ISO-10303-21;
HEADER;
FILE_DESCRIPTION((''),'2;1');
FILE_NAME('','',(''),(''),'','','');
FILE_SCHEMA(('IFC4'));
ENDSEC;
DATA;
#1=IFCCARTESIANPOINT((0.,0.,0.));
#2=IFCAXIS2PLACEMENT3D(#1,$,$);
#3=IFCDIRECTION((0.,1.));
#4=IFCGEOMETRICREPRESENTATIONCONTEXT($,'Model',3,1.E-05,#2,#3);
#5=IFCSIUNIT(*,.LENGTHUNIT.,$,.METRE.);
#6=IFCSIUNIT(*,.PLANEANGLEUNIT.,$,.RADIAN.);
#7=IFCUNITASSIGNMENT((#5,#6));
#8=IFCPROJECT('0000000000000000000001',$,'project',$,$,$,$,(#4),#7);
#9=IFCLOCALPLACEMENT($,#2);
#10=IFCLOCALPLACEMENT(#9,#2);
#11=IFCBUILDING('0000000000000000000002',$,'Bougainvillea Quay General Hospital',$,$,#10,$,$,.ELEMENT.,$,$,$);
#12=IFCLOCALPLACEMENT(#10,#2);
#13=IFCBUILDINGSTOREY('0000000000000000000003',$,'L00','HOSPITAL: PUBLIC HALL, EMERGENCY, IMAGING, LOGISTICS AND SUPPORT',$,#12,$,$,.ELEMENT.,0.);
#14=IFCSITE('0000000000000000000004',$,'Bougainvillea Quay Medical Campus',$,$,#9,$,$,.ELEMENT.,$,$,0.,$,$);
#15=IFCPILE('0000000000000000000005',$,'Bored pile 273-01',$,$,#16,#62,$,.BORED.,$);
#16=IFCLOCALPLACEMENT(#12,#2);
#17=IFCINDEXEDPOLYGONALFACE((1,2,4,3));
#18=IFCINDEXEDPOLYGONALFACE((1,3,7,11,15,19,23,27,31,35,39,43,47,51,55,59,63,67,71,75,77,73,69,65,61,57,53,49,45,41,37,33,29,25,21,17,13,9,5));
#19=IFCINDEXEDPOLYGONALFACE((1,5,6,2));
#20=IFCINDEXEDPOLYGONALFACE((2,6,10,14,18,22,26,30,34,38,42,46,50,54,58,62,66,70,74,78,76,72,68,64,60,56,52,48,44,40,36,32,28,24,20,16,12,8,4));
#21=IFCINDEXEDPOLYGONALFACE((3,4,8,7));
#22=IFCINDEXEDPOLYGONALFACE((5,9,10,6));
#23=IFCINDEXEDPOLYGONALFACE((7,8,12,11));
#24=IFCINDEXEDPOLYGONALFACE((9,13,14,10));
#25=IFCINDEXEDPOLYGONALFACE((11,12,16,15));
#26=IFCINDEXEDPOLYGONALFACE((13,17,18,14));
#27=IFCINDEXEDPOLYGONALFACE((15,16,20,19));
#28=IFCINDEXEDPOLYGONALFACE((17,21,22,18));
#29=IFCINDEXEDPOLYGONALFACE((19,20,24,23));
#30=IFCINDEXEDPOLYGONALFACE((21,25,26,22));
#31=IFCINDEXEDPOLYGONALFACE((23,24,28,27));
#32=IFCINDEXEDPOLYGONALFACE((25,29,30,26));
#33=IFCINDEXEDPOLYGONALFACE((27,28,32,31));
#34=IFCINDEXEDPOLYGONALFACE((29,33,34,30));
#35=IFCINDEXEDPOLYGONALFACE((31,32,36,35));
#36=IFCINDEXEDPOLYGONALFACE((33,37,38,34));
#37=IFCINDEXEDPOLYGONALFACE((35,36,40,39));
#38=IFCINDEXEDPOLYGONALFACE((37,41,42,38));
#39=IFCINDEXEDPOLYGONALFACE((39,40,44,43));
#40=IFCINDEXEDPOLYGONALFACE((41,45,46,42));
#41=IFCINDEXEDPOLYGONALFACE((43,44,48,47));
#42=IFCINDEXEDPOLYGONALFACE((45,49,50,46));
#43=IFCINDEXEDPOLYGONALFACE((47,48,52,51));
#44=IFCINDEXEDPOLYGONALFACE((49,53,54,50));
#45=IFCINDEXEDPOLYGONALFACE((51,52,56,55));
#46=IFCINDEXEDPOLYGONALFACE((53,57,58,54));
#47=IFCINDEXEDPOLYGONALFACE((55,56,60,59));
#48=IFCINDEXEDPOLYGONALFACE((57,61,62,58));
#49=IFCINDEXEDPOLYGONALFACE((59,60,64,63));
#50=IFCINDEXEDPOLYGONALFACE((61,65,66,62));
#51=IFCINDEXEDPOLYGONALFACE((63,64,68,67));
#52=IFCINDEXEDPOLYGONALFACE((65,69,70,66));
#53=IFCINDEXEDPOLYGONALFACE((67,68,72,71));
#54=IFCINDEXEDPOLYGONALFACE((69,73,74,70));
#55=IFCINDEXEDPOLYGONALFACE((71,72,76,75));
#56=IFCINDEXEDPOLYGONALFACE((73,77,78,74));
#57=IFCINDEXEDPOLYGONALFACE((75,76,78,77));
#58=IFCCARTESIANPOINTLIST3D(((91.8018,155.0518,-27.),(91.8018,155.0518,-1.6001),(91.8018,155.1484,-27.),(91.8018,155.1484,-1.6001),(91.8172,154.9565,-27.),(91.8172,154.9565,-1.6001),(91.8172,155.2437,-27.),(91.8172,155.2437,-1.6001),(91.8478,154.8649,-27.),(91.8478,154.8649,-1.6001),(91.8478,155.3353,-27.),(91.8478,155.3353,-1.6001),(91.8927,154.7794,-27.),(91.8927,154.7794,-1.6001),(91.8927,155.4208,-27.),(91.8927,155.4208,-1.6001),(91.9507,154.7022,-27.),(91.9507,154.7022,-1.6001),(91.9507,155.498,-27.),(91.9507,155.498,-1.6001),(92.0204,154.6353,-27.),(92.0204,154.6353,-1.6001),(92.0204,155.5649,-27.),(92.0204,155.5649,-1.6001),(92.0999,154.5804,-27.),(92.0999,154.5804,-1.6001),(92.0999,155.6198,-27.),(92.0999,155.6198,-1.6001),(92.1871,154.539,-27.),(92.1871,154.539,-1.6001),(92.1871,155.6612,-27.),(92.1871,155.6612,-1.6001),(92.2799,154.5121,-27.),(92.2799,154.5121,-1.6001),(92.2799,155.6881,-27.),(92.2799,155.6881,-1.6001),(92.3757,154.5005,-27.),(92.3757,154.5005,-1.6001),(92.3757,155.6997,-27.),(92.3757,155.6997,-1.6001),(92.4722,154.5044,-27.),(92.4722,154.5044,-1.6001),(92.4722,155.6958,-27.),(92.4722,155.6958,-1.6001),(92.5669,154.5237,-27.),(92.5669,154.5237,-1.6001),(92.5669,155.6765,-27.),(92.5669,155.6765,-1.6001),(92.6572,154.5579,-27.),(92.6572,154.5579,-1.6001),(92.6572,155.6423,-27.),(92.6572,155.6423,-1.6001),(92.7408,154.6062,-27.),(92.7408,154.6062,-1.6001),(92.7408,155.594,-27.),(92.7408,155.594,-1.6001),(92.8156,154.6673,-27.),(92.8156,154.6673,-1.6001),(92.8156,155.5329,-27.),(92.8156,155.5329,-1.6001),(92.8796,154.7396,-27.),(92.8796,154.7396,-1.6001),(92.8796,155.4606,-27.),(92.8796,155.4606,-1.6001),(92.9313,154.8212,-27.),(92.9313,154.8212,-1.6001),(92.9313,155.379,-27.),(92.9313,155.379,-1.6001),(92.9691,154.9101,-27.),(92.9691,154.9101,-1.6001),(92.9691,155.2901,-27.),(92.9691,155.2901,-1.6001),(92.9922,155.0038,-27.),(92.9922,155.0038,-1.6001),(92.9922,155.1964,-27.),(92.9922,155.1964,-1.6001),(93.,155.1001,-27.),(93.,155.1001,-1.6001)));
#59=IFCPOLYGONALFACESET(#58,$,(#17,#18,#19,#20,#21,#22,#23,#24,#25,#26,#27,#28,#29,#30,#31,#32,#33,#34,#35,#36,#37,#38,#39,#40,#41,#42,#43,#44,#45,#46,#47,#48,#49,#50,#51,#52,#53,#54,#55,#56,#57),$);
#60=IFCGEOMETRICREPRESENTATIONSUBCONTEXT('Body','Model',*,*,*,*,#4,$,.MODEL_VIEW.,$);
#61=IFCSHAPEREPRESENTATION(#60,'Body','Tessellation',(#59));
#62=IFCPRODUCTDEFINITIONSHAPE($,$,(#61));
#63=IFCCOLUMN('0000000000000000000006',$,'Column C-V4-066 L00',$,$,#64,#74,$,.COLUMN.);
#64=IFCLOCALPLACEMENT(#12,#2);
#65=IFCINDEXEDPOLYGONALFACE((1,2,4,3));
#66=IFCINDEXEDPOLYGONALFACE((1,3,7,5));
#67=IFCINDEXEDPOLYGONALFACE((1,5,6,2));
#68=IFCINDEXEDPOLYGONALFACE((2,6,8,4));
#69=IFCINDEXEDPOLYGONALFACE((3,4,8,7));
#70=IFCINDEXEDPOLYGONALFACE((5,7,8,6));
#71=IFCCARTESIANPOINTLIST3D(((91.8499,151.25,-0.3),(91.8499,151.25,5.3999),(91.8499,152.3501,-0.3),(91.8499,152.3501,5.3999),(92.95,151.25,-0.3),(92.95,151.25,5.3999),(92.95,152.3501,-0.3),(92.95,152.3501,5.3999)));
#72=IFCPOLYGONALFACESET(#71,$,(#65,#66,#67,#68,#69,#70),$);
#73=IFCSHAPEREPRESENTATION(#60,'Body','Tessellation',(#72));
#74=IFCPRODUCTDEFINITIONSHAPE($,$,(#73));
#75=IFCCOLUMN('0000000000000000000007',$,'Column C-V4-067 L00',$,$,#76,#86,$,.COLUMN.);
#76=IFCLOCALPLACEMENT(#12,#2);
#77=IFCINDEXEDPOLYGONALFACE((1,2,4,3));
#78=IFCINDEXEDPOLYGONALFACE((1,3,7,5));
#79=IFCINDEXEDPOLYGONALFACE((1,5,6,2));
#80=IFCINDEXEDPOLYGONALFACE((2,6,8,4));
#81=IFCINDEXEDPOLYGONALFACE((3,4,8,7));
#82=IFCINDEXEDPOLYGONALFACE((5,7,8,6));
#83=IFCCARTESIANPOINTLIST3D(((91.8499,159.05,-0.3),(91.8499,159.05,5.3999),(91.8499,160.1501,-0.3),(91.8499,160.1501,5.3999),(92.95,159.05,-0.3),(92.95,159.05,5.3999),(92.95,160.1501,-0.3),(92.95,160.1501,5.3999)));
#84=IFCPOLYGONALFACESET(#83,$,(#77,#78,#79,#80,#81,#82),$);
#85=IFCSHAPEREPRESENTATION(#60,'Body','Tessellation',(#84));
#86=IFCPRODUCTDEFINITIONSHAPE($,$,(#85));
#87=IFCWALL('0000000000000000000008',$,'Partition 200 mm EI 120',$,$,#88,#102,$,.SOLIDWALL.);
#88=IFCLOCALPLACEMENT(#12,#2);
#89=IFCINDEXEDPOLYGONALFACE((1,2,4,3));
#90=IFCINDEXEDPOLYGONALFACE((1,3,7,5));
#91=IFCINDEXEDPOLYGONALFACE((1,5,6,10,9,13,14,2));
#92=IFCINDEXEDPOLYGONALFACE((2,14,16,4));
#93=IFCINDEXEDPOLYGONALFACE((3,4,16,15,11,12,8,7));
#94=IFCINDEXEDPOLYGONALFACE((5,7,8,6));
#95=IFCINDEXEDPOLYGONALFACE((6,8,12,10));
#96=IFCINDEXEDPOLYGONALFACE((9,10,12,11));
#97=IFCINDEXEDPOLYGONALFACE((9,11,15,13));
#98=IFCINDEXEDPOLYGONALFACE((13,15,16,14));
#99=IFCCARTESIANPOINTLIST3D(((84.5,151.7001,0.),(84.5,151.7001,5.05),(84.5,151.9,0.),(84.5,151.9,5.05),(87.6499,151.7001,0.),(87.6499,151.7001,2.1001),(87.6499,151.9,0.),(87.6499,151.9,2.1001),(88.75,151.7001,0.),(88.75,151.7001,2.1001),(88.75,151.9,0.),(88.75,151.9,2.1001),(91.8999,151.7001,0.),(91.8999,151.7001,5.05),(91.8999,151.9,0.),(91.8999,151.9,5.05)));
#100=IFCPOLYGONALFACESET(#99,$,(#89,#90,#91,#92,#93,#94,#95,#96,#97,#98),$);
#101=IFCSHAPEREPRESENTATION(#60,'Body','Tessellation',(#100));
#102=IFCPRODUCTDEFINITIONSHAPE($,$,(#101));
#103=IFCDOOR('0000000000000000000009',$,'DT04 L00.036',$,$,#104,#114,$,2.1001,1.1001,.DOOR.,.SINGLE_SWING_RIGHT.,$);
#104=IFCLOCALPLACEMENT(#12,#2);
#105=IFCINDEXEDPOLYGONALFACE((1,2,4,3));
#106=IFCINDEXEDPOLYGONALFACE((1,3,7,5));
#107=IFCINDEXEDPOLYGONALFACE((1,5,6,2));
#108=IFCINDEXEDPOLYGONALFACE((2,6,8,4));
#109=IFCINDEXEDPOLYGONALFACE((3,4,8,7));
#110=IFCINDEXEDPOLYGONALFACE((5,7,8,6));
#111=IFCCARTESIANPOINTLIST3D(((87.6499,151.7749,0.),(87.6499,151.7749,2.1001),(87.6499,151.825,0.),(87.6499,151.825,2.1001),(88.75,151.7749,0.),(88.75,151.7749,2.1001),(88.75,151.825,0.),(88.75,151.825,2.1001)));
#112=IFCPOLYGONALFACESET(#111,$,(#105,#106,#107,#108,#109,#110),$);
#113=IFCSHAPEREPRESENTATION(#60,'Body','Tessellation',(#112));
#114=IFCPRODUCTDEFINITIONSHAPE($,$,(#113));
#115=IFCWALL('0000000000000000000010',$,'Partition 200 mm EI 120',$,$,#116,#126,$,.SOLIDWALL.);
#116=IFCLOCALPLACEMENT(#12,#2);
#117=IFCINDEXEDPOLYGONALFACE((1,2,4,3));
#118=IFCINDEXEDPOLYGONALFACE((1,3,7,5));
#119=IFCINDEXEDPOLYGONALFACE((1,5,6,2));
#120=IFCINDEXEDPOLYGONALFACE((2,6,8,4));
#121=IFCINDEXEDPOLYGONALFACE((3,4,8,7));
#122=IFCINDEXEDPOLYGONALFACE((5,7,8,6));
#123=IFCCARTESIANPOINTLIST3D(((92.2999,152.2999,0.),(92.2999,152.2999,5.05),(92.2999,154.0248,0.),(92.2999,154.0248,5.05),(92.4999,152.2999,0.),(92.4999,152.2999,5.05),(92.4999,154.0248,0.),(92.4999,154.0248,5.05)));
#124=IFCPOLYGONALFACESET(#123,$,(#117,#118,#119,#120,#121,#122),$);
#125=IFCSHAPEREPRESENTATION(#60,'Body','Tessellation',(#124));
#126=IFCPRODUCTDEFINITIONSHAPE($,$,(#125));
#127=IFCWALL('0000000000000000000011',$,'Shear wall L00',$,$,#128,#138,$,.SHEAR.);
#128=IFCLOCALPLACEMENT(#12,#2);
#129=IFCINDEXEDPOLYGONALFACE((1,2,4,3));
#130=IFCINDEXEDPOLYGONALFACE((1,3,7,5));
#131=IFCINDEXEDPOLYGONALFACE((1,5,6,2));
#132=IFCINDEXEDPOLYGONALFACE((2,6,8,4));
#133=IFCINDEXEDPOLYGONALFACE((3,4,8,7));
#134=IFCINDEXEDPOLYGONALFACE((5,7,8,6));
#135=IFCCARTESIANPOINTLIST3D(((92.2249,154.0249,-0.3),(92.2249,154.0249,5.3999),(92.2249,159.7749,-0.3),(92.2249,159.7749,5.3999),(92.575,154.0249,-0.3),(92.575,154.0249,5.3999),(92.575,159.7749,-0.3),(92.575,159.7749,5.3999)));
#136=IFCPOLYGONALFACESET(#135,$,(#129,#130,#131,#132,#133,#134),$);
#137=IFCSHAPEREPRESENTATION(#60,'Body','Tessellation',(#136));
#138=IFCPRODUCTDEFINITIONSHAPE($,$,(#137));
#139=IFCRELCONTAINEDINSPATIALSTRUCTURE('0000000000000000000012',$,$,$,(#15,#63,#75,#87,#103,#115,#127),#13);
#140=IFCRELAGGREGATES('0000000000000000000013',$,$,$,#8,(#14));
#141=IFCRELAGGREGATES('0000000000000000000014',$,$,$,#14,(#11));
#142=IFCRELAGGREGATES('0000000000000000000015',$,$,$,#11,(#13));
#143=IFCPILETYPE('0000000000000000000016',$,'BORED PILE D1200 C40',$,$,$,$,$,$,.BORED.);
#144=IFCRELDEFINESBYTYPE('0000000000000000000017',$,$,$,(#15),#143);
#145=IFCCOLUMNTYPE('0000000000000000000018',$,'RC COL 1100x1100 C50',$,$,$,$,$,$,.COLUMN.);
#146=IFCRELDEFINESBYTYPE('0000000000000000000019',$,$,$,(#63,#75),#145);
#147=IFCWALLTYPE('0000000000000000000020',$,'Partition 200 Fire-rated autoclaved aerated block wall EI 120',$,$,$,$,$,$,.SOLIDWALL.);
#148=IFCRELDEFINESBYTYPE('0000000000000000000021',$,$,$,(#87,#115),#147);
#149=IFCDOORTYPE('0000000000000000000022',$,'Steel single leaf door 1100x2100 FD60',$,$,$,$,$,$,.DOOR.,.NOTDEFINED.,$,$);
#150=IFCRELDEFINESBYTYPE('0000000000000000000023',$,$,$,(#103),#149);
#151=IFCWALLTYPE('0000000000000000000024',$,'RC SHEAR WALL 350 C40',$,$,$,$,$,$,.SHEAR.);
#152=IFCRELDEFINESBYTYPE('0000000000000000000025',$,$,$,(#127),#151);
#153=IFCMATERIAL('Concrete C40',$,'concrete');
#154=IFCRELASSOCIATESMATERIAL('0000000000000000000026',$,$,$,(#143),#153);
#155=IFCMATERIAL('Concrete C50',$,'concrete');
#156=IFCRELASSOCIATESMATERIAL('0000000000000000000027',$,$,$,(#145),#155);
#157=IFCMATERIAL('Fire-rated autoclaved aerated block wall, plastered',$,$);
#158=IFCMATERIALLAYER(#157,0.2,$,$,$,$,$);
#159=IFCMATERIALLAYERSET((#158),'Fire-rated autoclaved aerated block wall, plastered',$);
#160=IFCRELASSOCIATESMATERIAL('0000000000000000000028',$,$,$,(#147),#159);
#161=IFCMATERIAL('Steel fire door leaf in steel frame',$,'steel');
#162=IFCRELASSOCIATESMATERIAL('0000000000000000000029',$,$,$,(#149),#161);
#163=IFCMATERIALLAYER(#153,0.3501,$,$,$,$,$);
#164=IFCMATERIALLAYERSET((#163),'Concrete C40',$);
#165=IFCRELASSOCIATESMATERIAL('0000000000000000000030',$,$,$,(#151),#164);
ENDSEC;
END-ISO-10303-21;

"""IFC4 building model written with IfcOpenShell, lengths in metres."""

from ifc_helpers import new_model, si_unit, direction, frame, frame_2d, origin, origin_2d, place, context, subcontext, project, spatial, rectangle, circle, extrude, material, layer, layer_set, material_profile, profile_set, type_object, element, fill, save


model = new_model("IFC4")

# Units and contexts
model_context = context("Model", 3, precision=1e-05, world=origin(), true_north=direction((0.0, 1.0)))
body_context = subcontext(model_context, "Body", "Model", "MODEL_VIEW")
ifc_project = project(units=[si_unit("LENGTHUNIT", "METRE"), si_unit("PLANEANGLEUNIT", "RADIAN")], contexts=[model_context])

# Site, building, storey
site_placement = place(None, origin())
site = spatial("IfcSite", under=ifc_project, at=site_placement, Name="Bougainvillea Quay Medical Campus", CompositionType="ELEMENT", RefElevation=0.0)
building_placement = place(site_placement, origin())
building = spatial("IfcBuilding", under=site, at=building_placement, Name="Bougainvillea Quay General Hospital", CompositionType="ELEMENT")
storey_placement = place(building_placement, origin())
storey = spatial("IfcBuildingStorey", under=building, at=storey_placement, Name="L00", Description="HOSPITAL: PUBLIC HALL, EMERGENCY, IMAGING, LOGISTICS AND SUPPORT", CompositionType="ELEMENT", Elevation=0.0)

# Pile
ifc_material_1 = material(Name="Concrete C40", Category="concrete")
ifc_material_profile_1 = material_profile(ifc_material_1, circle(Radius=0.6001, at=origin_2d()))
ifc_profile_set_1 = profile_set([ifc_material_profile_1], Name="Concrete C40")
pile_type = type_object("IfcPileType", Name="BORED PILE D1200 C40", PredefinedType="BORED", material=ifc_profile_set_1)
pile_placement = place(storey_placement, frame((92.3999, 155.1001, -1.6001), z_axis=(0.0, 0.0, -1.0), x_axis=(1.0, 0.0, 0.0)))
element("IfcPile", 1, at=pile_placement, inside=storey, type_object=pile_type, Name="Bored pile 273-01", PredefinedType="BORED", context=body_context, shape_type="SweptSolid", body=[
    extrude(circle(Radius=0.6001, at=origin_2d()), origin(), (0.0, 0.0, 1.0), 25.3999),
])

# Columns
ifc_material_2 = material(Name="Concrete C50", Category="concrete")
ifc_material_profile_2 = material_profile(ifc_material_2, rectangle(XDim=1.1001, YDim=1.1001, at=origin_2d()))
ifc_profile_set_2 = profile_set([ifc_material_profile_2], Name="Concrete C50")
column_type = type_object("IfcColumnType", Name="RC COL 1100x1100 C50", PredefinedType="COLUMN", material=ifc_profile_set_2)
for number, where, z_axis, x_axis, name in (
    (2, (92.3999, 151.8, -0.3), (0.0, 0.0, 1.0), (1.0, 0.0, 0.0), "Column C-V4-066 L00"),
    (3, (92.3999, 159.6001, -0.3), (0.0, 0.0, 1.0), (1.0, 0.0, 0.0), "Column C-V4-067 L00"),
):
    element("IfcColumn", number, at=place(storey_placement, frame(where, z_axis=z_axis, x_axis=x_axis)), inside=storey, type_object=column_type, Name=name, PredefinedType="COLUMN", context=body_context, shape_type="SweptSolid", body=[
        extrude(rectangle(XDim=1.1001, YDim=1.1001, at=origin_2d()), origin(), (0.0, 0.0, 1.0), 5.7),
    ])

# Wall, opening, door
ifc_material_3 = material(Name="Fire-rated autoclaved aerated block wall, plastered")
ifc_layer_1 = layer(ifc_material_3, 0.2)
ifc_layer_set_1 = layer_set([ifc_layer_1], Name="Fire-rated autoclaved aerated block wall, plastered")
wall_type_1 = type_object("IfcWallType", Name="Partition 200 Fire-rated autoclaved aerated block wall EI 120", PredefinedType="SOLIDWALL", material=ifc_layer_set_1)
wall_1_placement = place(storey_placement, frame((84.5, 151.8, 0.0), z_axis=(0.0, 0.0, 1.0), x_axis=(1.0, 0.0, 0.0)))
wall_1 = element("IfcWall", 4, at=wall_1_placement, inside=storey, type_object=wall_type_1, Name="Partition 200 mm EI 120", PredefinedType="SOLIDWALL", context=body_context, shape_type="SweptSolid", body=[
    extrude(rectangle(XDim=7.3999, YDim=0.2, at=frame_2d((3.7, 0.0))), origin(), (0.0, 0.0, 1.0), 5.05),
])
opening_placement = place(wall_1_placement, frame((3.1499, 0.0, 0.0)))
opening = element("IfcOpeningElement", 5, at=opening_placement, cuts=wall_1, PredefinedType="OPENING", context=body_context, shape_type="SweptSolid", body=[
    extrude(rectangle(XDim=1.1001, YDim=2.1001, at=frame_2d((0.55, 1.05))), frame((0.0, 0.1099, 0.0), z_axis=(0.0, -1.0, 0.0), x_axis=(1.0, 0.0, 0.0)), (0.0, 0.0, 1.0), 0.22),
])
ifc_material_4 = material(Name="Steel fire door leaf in steel frame", Category="steel")
door_type = type_object("IfcDoorType", Name="Steel single leaf door 1100x2100 FD60", OperationType="NOTDEFINED", PredefinedType="DOOR", material=ifc_material_4)
door_placement = place(opening_placement, origin())
door = element("IfcDoor", 6, at=door_placement, inside=storey, type_object=door_type, Name="DT04 L00.036", OperationType="SINGLE_SWING_RIGHT", OverallHeight=2.1001, OverallWidth=1.1001, PredefinedType="DOOR", context=body_context, shape_type="SweptSolid", body=[
    extrude(rectangle(XDim=1.1001, YDim=2.1001, at=frame_2d((0.55, 1.05))), frame((0.0, 0.0249, 0.0), z_axis=(0.0, -1.0, 0.0), x_axis=(1.0, 0.0, 0.0)), (0.0, 0.0, 1.0), 0.05),
])
fill(opening, door)

# Walls
wall_2_placement = place(storey_placement, frame((92.3999, 152.3, 0.0), z_axis=(0.0, 0.0, 1.0), x_axis=(0.0, 1.0, 0.0)))
element("IfcWall", 7, at=wall_2_placement, inside=storey, type_object=wall_type_1, Name="Partition 200 mm EI 120", PredefinedType="SOLIDWALL", context=body_context, shape_type="SweptSolid", body=[
    extrude(rectangle(XDim=1.7249, YDim=0.2, at=frame_2d((0.8623, 0.0))), origin(), (0.0, 0.0, 1.0), 5.05),
])
ifc_layer_2 = layer(ifc_material_1, 0.3501)
ifc_layer_set_2 = layer_set([ifc_layer_2], Name="Concrete C40")
wall_type_2 = type_object("IfcWallType", Name="RC SHEAR WALL 350 C40", PredefinedType="SHEAR", material=ifc_layer_set_2)
wall_3_placement = place(storey_placement, frame((92.3999, 154.0249, -0.3), z_axis=(0.0, 0.0, 1.0), x_axis=(0.0, 1.0, 0.0)))
element("IfcWall", 8, at=wall_3_placement, inside=storey, type_object=wall_type_2, Name="Shear wall L00", PredefinedType="SHEAR", context=body_context, shape_type="SweptSolid", body=[
    extrude(rectangle(XDim=5.75, YDim=0.3501, at=frame_2d((2.875, 0.0))), origin(), (0.0, 0.0, 1.0), 5.7),
])

save(model, "model.ifc")
